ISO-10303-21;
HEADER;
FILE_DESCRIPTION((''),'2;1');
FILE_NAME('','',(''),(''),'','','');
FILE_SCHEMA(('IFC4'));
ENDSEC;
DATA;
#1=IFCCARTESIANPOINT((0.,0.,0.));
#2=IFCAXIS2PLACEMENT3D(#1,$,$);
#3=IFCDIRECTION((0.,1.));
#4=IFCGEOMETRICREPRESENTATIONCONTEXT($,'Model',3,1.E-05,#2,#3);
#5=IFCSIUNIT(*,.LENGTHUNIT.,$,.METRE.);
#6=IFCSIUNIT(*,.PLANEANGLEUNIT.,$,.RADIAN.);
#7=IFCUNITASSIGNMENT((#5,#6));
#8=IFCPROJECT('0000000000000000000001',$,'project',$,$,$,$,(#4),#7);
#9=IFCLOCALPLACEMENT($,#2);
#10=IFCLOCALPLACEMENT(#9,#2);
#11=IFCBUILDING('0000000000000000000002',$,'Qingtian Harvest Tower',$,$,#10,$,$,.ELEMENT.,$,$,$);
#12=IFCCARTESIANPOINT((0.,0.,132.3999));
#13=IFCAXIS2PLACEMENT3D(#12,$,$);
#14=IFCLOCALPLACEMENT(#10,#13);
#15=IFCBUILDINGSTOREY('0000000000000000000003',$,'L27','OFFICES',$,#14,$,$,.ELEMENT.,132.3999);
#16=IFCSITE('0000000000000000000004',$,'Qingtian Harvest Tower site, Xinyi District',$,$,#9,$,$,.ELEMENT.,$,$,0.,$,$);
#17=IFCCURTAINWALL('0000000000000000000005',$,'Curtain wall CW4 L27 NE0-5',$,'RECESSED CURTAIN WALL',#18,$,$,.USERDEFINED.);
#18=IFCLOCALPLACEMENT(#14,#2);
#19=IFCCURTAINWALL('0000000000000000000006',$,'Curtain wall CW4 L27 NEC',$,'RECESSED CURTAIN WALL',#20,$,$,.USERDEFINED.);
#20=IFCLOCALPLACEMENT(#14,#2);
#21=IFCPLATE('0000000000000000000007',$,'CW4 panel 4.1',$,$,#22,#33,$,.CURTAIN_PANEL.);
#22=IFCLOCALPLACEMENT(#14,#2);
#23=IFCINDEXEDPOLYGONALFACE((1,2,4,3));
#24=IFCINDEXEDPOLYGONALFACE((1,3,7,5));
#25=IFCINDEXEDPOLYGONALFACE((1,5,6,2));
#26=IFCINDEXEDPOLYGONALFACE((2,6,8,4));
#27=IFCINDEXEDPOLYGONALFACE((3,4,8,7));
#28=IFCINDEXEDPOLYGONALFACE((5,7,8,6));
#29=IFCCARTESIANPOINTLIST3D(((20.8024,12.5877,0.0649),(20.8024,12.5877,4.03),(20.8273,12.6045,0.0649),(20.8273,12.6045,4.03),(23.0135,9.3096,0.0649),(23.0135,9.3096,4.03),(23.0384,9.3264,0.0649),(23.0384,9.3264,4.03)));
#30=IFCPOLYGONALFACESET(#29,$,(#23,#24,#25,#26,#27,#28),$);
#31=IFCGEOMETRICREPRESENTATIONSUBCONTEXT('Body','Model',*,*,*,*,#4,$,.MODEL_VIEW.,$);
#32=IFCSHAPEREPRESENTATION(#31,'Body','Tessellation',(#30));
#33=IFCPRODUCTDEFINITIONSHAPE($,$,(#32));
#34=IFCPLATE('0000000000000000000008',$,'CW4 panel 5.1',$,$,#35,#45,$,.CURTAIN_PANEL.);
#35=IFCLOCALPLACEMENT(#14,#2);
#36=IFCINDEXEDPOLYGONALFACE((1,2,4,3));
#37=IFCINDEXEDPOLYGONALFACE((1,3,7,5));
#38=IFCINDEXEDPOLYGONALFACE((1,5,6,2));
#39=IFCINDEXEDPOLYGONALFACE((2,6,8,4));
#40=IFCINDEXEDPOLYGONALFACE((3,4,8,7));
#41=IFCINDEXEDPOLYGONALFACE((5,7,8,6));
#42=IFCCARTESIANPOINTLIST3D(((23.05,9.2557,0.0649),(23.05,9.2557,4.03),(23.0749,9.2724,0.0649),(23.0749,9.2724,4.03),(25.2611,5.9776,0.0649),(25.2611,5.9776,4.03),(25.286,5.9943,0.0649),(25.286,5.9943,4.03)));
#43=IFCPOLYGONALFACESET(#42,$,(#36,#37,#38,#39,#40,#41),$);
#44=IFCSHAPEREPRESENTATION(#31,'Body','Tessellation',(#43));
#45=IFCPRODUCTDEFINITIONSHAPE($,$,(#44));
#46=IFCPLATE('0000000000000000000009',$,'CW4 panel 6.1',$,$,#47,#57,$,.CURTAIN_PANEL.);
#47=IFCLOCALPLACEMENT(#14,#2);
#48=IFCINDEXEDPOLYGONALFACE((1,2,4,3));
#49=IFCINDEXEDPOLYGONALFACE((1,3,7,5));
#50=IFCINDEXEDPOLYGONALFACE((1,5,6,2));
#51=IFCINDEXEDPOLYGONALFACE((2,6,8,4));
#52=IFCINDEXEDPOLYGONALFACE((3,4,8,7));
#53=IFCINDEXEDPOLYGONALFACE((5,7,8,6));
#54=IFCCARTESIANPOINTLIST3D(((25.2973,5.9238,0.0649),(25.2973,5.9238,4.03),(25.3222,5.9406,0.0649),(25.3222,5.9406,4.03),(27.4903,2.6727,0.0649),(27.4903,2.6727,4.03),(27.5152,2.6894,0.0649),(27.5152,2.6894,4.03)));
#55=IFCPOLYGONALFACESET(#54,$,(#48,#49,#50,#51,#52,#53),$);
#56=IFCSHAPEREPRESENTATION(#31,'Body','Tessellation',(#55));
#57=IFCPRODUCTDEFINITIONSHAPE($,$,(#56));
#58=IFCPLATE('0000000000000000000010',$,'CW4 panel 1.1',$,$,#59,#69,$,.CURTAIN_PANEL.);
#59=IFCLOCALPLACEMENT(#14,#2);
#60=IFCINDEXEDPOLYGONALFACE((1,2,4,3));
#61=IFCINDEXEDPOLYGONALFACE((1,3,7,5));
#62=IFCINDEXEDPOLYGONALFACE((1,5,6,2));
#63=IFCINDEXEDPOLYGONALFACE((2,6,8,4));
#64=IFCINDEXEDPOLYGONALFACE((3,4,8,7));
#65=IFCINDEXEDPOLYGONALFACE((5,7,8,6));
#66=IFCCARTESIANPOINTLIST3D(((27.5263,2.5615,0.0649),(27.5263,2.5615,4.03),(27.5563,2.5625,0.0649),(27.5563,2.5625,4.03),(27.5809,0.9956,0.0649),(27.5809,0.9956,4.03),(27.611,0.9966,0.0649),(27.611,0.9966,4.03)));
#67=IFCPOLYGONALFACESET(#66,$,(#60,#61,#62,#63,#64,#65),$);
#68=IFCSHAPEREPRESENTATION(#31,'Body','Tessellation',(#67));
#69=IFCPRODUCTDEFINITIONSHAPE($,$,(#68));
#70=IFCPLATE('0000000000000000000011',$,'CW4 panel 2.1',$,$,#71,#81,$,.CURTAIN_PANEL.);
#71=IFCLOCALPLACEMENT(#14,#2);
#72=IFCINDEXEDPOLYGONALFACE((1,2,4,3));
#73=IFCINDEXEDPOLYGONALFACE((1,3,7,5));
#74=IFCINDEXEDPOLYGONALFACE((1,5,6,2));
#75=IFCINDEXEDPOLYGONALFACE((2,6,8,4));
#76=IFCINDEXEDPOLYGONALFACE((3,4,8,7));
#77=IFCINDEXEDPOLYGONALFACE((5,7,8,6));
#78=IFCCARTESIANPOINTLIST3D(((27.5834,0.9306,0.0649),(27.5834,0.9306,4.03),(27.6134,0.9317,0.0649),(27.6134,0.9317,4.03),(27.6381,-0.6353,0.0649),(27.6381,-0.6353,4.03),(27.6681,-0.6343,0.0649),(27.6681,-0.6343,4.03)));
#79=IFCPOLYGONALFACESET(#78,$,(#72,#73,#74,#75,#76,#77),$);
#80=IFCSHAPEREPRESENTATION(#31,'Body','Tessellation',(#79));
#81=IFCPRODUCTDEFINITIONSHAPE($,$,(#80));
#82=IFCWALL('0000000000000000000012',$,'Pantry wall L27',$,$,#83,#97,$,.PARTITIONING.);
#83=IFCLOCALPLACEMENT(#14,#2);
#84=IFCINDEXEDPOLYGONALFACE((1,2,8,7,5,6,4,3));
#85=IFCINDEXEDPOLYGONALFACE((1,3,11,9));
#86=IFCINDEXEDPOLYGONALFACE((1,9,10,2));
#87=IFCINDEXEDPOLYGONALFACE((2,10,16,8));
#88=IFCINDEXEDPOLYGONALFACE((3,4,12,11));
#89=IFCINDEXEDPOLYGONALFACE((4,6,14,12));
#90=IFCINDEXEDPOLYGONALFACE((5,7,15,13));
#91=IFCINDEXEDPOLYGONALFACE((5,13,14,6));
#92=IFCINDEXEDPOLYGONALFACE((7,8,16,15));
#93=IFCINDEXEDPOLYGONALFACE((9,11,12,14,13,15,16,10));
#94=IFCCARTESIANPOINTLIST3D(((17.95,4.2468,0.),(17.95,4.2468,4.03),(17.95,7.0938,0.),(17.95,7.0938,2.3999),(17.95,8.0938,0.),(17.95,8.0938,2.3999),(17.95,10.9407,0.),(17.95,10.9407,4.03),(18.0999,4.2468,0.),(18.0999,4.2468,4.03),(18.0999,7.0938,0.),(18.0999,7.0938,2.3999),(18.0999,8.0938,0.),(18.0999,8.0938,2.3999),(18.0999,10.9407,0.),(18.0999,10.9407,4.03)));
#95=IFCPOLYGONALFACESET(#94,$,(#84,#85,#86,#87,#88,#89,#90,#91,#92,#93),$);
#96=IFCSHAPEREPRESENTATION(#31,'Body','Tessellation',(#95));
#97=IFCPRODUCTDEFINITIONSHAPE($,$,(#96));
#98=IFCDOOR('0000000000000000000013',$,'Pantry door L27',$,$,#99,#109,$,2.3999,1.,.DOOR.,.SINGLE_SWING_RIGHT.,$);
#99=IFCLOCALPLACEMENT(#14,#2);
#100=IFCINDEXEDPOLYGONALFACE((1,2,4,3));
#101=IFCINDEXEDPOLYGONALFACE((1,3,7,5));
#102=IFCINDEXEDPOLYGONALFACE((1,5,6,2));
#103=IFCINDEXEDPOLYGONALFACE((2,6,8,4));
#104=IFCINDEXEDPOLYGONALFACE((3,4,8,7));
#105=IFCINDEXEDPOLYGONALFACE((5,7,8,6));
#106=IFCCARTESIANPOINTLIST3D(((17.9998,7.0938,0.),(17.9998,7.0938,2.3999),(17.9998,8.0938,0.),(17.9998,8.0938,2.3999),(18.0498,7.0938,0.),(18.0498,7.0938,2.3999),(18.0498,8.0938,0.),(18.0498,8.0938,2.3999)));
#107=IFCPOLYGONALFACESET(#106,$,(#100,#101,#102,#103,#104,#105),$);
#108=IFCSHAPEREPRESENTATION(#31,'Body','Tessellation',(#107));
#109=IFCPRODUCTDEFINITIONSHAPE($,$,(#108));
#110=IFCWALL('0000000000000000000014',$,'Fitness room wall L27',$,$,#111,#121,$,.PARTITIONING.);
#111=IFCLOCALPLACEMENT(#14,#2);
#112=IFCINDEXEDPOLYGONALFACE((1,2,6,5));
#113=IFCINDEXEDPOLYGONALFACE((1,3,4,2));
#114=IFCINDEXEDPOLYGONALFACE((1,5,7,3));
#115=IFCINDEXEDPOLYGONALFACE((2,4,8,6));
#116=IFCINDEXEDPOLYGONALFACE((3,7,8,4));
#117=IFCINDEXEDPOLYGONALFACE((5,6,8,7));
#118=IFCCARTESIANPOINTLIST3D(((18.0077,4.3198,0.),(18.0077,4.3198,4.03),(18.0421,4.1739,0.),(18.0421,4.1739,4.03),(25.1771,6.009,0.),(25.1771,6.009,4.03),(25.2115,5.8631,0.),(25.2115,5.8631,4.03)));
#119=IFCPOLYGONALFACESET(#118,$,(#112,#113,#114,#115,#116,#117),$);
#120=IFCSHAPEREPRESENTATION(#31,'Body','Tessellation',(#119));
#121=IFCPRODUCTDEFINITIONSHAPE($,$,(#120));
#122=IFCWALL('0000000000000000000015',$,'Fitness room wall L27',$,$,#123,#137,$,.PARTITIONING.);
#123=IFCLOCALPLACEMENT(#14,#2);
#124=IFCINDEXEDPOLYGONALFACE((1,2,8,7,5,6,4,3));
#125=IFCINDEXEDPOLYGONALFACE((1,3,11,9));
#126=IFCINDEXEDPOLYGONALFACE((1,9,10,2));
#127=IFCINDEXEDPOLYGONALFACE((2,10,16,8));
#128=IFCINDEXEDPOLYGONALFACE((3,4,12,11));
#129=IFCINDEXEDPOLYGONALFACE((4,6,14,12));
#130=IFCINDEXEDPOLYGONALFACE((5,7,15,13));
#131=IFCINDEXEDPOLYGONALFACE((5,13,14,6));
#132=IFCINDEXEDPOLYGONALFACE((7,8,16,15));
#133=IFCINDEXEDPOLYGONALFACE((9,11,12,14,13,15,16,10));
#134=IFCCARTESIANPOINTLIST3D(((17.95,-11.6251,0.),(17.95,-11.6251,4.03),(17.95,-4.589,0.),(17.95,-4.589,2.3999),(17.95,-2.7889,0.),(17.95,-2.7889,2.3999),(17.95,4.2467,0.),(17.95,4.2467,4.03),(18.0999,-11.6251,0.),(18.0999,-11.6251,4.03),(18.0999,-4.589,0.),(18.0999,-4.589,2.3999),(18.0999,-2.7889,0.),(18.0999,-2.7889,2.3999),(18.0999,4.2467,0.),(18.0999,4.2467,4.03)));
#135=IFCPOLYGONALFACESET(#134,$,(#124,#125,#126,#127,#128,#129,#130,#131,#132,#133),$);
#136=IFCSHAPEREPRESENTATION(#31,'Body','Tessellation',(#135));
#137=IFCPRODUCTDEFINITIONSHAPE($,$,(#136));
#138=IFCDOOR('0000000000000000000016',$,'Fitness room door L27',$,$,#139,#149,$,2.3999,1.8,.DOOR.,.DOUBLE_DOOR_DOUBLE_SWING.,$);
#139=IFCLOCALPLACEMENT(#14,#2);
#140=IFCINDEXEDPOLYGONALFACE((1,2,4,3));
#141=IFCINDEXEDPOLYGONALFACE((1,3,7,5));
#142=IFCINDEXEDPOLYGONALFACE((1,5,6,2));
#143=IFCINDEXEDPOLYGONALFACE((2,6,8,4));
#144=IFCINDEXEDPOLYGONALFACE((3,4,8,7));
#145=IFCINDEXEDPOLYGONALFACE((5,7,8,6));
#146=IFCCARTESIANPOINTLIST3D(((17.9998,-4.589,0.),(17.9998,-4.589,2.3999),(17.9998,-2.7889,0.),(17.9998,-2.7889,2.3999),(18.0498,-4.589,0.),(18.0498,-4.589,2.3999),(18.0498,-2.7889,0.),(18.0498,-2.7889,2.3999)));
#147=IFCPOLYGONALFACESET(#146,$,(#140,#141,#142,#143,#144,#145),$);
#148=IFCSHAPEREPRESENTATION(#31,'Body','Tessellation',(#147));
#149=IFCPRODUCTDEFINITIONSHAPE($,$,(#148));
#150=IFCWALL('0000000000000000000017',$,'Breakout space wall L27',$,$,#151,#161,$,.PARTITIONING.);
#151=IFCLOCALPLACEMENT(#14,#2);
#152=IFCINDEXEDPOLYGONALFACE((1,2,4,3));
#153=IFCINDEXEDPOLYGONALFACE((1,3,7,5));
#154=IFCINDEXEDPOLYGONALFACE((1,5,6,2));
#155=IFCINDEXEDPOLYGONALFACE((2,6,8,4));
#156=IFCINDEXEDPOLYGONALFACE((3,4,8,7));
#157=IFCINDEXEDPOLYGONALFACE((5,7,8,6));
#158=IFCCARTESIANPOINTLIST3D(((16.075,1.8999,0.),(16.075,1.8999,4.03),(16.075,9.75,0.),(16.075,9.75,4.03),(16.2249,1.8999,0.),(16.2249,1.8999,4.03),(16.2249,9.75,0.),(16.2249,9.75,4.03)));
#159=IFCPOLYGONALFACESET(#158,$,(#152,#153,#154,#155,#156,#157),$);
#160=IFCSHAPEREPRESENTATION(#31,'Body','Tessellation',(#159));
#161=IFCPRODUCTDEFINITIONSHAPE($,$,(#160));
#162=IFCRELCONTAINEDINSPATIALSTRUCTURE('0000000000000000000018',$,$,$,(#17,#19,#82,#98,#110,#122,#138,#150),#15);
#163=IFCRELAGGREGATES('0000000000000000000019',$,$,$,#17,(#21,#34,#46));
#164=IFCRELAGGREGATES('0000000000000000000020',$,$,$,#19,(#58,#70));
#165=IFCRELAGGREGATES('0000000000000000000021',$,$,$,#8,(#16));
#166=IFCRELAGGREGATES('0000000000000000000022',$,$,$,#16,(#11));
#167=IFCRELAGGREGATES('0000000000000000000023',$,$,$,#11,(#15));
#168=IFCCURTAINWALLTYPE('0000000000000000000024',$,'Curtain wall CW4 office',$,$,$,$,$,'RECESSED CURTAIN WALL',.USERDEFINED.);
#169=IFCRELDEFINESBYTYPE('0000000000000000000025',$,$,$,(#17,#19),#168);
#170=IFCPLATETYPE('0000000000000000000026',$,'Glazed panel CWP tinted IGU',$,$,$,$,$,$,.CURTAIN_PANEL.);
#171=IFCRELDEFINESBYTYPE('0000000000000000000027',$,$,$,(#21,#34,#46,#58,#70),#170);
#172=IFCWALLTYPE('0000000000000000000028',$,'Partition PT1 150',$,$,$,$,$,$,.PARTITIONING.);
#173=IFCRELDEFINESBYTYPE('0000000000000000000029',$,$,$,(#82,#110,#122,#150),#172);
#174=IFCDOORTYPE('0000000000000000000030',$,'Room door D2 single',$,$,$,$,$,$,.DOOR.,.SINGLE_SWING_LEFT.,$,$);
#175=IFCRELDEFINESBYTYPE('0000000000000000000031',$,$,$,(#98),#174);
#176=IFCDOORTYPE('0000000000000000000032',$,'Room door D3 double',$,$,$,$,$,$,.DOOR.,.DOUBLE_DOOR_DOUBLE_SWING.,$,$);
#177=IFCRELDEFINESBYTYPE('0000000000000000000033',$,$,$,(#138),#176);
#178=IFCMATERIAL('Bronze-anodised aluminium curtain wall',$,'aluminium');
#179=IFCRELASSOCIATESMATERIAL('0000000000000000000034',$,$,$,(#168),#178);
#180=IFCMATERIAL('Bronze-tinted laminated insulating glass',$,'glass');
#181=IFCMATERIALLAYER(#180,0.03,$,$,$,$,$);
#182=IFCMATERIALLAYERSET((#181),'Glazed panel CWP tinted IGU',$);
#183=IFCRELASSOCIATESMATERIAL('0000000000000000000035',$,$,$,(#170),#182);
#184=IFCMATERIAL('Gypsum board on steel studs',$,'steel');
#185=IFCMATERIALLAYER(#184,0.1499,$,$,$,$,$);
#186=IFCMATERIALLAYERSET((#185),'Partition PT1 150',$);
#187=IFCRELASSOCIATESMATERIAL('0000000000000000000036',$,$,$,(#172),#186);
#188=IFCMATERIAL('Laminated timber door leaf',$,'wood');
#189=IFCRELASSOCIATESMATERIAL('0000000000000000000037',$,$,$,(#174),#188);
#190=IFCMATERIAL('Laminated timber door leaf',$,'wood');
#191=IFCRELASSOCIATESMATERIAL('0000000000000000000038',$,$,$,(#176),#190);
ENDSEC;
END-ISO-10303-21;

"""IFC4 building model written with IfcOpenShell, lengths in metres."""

from ifc_helpers import new_model, si_unit, direction, frame, frame_2d, origin, origin_2d, place, context, subcontext, project, spatial, rectangle, extrude, material, layer, layer_set, type_object, element, fill, aggregate, save


model = new_model("IFC4")

# Units and contexts
model_context = context("Model", 3, precision=1e-05, world=origin(), true_north=direction((0.0, 1.0)))
body_context = subcontext(model_context, "Body", "Model", "MODEL_VIEW")
ifc_project = project(units=[si_unit("LENGTHUNIT", "METRE"), si_unit("PLANEANGLEUNIT", "RADIAN")], contexts=[model_context])

# Site, building, storey
site_placement = place(None, origin())
site = spatial("IfcSite", under=ifc_project, at=site_placement, Name="Qingtian Harvest Tower site, Xinyi District", CompositionType="ELEMENT", RefElevation=0.0)
building_placement = place(site_placement, origin())
building = spatial("IfcBuilding", under=site, at=building_placement, Name="Qingtian Harvest Tower", CompositionType="ELEMENT")
storey_placement = place(building_placement, frame((0.0, 0.0, 132.3999)))
storey = spatial("IfcBuildingStorey", under=building, at=storey_placement, Name="L27", Description="OFFICES", CompositionType="ELEMENT", Elevation=132.3999)

# Curtain walls
ifc_material_1 = material(Name="Bronze-anodised aluminium curtain wall", Category="aluminium")
curtain_wall_type = type_object("IfcCurtainWallType", Name="Curtain wall CW4 office", ElementType="RECESSED CURTAIN WALL", PredefinedType="USERDEFINED", material=ifc_material_1)
curtain_wall_1_placement = place(storey_placement, origin())
curtain_wall_1 = element("IfcCurtainWall", 1, at=curtain_wall_1_placement, inside=storey, type_object=curtain_wall_type, Name="Curtain wall CW4 L27 NE0-5", ObjectType="RECESSED CURTAIN WALL", PredefinedType="USERDEFINED")
curtain_wall_2_placement = place(storey_placement, origin())
curtain_wall_2 = element("IfcCurtainWall", 2, at=curtain_wall_2_placement, inside=storey, type_object=curtain_wall_type, Name="Curtain wall CW4 L27 NEC", ObjectType="RECESSED CURTAIN WALL", PredefinedType="USERDEFINED")

# Plates
ifc_material_2 = material(Name="Bronze-tinted laminated insulating glass", Category="glass")
ifc_layer_1 = layer(ifc_material_2, 0.03)
ifc_layer_set_1 = layer_set([ifc_layer_1], Name="Glazed panel CWP tinted IGU")
plate_type = type_object("IfcPlateType", Name="Glazed panel CWP tinted IGU", PredefinedType="CURTAIN_PANEL", material=ifc_layer_set_1)
plate_1_placement = place(storey_placement, frame((21.9204, 10.957, 0.0649), z_axis=(0.0, 0.0, 1.0), x_axis=(0.559193, -0.829038, 0.0)))
plate_1 = element("IfcPlate", 3, at=plate_1_placement, type_object=plate_type, Name="CW4 panel 4.1", PredefinedType="CURTAIN_PANEL", context=body_context, shape_type="SweptSolid", body=[
    extrude(rectangle(XDim=3.9541, YDim=0.03, at=origin_2d()), origin(), (0.0, 0.0, 1.0), 3.9651),
])
plate_2_placement = place(storey_placement, frame((24.168, 7.625, 0.0649), z_axis=(0.0, 0.0, 1.0), x_axis=(0.559193, -0.829038, 0.0)))
plate_2 = element("IfcPlate", 4, at=plate_2_placement, type_object=plate_type, Name="CW4 panel 5.1", PredefinedType="CURTAIN_PANEL", context=body_context, shape_type="SweptSolid", body=[
    extrude(rectangle(XDim=3.9541, YDim=0.03, at=origin_2d()), origin(), (0.0, 0.0, 1.0), 3.9651),
])
plate_3_placement = place(storey_placement, frame((26.4062, 4.3066, 0.0649), z_axis=(0.0, 0.0, 1.0), x_axis=(0.559193, -0.829038, 0.0)))
plate_3 = element("IfcPlate", 5, at=plate_3_placement, type_object=plate_type, Name="CW4 panel 6.1", PredefinedType="CURTAIN_PANEL", context=body_context, shape_type="SweptSolid", body=[
    extrude(rectangle(XDim=3.9216, YDim=0.03, at=origin_2d()), origin(), (0.0, 0.0, 1.0), 3.9651),
])
aggregate(curtain_wall_1, [plate_1, plate_2, plate_3])
plate_4_placement = place(storey_placement, frame((27.5686, 1.7791, 0.0649), z_axis=(0.0, 0.0, 1.0), x_axis=(0.034899, -0.999391, 0.0)))
plate_4 = element("IfcPlate", 6, at=plate_4_placement, type_object=plate_type, Name="CW4 panel 1.1", PredefinedType="CURTAIN_PANEL", context=body_context, shape_type="SweptSolid", body=[
    extrude(rectangle(XDim=1.5669, YDim=0.03, at=origin_2d()), origin(), (0.0, 0.0, 1.0), 3.9651),
])
plate_5_placement = place(storey_placement, frame((27.6257, 0.1482, 0.0649), z_axis=(0.0, 0.0, 1.0), x_axis=(0.034899, -0.999391, 0.0)))
plate_5 = element("IfcPlate", 7, at=plate_5_placement, type_object=plate_type, Name="CW4 panel 2.1", PredefinedType="CURTAIN_PANEL", context=body_context, shape_type="SweptSolid", body=[
    extrude(rectangle(XDim=1.5669, YDim=0.03, at=origin_2d()), origin(), (0.0, 0.0, 1.0), 3.9651),
])
aggregate(curtain_wall_2, [plate_4, plate_5])

# Wall, opening, door
ifc_material_3 = material(Name="Gypsum board on steel studs", Category="steel")
ifc_layer_2 = layer(ifc_material_3, 0.1499)
ifc_layer_set_2 = layer_set([ifc_layer_2], Name="Partition PT1 150")
wall_type = type_object("IfcWallType", Name="Partition PT1 150", PredefinedType="PARTITIONING", material=ifc_layer_set_2)
wall_1_placement = place(storey_placement, frame((18.0249, 10.9407, 0.0), z_axis=(0.0, 0.0, 1.0), x_axis=(0.0, -1.0, 0.0)))
wall_1 = element("IfcWall", 8, at=wall_1_placement, inside=storey, type_object=wall_type, Name="Pantry wall L27", PredefinedType="PARTITIONING", context=body_context, shape_type="SweptSolid", body=[
    extrude(rectangle(XDim=6.6938, YDim=0.1499, at=frame_2d((3.3469, 0.0))), origin(), (0.0, 0.0, 1.0), 4.03),
])
opening_1_placement = place(wall_1_placement, frame((2.8469, 0.0, 0.0)))
opening_1 = element("IfcOpeningElement", 9, at=opening_1_placement, cuts=wall_1, PredefinedType="OPENING", context=body_context, shape_type="SweptSolid", body=[
    extrude(rectangle(XDim=1.0, YDim=2.3999, at=frame_2d((0.5, 1.2))), frame((0.0, 0.085, 0.0), z_axis=(0.0, -1.0, 0.0), x_axis=(1.0, 0.0, 0.0)), (0.0, 0.0, 1.0), 0.1699),
])
ifc_material_4 = material(Name="Laminated timber door leaf", Category="wood")
door_type_1 = type_object("IfcDoorType", Name="Room door D2 single", OperationType="SINGLE_SWING_LEFT", PredefinedType="DOOR", material=ifc_material_4)
door_1_placement = place(opening_1_placement, origin())
door_1 = element("IfcDoor", 10, at=door_1_placement, inside=storey, type_object=door_type_1, Name="Pantry door L27", OperationType="SINGLE_SWING_RIGHT", OverallHeight=2.3999, OverallWidth=1.0, PredefinedType="DOOR", context=body_context, shape_type="SweptSolid", body=[
    extrude(rectangle(XDim=1.0, YDim=2.3999, at=frame_2d((0.5, 1.2))), frame((0.0, 0.0249, 0.0), z_axis=(0.0, -1.0, 0.0), x_axis=(1.0, 0.0, 0.0)), (0.0, 0.0, 1.0), 0.05),
])
fill(opening_1, door_1)

# Wall
wall_2_placement = place(storey_placement, frame((25.1943, 5.936, 0.0), z_axis=(0.0, 0.0, 1.0), x_axis=(-0.973348, -0.229333, 0.0)))
element("IfcWall", 11, at=wall_2_placement, inside=storey, type_object=wall_type, Name="Fitness room wall L27", PredefinedType="PARTITIONING", context=body_context, shape_type="SweptSolid", body=[
    extrude(rectangle(XDim=7.3657, YDim=0.1499, at=frame_2d((3.6829, 0.0))), origin(), (0.0, 0.0, 1.0), 4.03),
])

# Wall, opening, door
wall_3_placement = place(storey_placement, frame((18.0249, 4.2468, 0.0), z_axis=(0.0, 0.0, 1.0), x_axis=(0.0, -1.0, 0.0)))
wall_3 = element("IfcWall", 12, at=wall_3_placement, inside=storey, type_object=wall_type, Name="Fitness room wall L27", PredefinedType="PARTITIONING", context=body_context, shape_type="SweptSolid", body=[
    extrude(rectangle(XDim=15.8718, YDim=0.1499, at=frame_2d((7.936, 0.0))), origin(), (0.0, 0.0, 1.0), 4.03),
])
opening_2_placement = place(wall_3_placement, frame((7.0359, 0.0, 0.0)))
opening_2 = element("IfcOpeningElement", 13, at=opening_2_placement, cuts=wall_3, PredefinedType="OPENING", context=body_context, shape_type="SweptSolid", body=[
    extrude(rectangle(XDim=1.8, YDim=2.3999, at=frame_2d((0.8999, 1.2))), frame((0.0, 0.085, 0.0), z_axis=(0.0, -1.0, 0.0), x_axis=(1.0, 0.0, 0.0)), (0.0, 0.0, 1.0), 0.1699),
])
ifc_material_5 = material(Name="Laminated timber door leaf", Category="wood")
door_type_2 = type_object("IfcDoorType", Name="Room door D3 double", OperationType="DOUBLE_DOOR_DOUBLE_SWING", PredefinedType="DOOR", material=ifc_material_5)
door_2_placement = place(opening_2_placement, origin())
door_2 = element("IfcDoor", 14, at=door_2_placement, inside=storey, type_object=door_type_2, Name="Fitness room door L27", OperationType="DOUBLE_DOOR_DOUBLE_SWING", OverallHeight=2.3999, OverallWidth=1.8, PredefinedType="DOOR", context=body_context, shape_type="SweptSolid", body=[
    extrude(rectangle(XDim=1.8, YDim=2.3999, at=frame_2d((0.8999, 1.2))), frame((0.0, 0.0249, 0.0), z_axis=(0.0, -1.0, 0.0), x_axis=(1.0, 0.0, 0.0)), (0.0, 0.0, 1.0), 0.05),
])
fill(opening_2, door_2)

# Wall
wall_4_placement = place(storey_placement, frame((16.1499, 1.8999, 0.0), z_axis=(0.0, 0.0, 1.0), x_axis=(0.0, 1.0, 0.0)))
element("IfcWall", 15, at=wall_4_placement, inside=storey, type_object=wall_type, Name="Breakout space wall L27", PredefinedType="PARTITIONING", context=body_context, shape_type="SweptSolid", body=[
    extrude(rectangle(XDim=7.8501, YDim=0.1499, at=frame_2d((3.925, 0.0))), origin(), (0.0, 0.0, 1.0), 4.03),
])

save(model, "model.ifc")
